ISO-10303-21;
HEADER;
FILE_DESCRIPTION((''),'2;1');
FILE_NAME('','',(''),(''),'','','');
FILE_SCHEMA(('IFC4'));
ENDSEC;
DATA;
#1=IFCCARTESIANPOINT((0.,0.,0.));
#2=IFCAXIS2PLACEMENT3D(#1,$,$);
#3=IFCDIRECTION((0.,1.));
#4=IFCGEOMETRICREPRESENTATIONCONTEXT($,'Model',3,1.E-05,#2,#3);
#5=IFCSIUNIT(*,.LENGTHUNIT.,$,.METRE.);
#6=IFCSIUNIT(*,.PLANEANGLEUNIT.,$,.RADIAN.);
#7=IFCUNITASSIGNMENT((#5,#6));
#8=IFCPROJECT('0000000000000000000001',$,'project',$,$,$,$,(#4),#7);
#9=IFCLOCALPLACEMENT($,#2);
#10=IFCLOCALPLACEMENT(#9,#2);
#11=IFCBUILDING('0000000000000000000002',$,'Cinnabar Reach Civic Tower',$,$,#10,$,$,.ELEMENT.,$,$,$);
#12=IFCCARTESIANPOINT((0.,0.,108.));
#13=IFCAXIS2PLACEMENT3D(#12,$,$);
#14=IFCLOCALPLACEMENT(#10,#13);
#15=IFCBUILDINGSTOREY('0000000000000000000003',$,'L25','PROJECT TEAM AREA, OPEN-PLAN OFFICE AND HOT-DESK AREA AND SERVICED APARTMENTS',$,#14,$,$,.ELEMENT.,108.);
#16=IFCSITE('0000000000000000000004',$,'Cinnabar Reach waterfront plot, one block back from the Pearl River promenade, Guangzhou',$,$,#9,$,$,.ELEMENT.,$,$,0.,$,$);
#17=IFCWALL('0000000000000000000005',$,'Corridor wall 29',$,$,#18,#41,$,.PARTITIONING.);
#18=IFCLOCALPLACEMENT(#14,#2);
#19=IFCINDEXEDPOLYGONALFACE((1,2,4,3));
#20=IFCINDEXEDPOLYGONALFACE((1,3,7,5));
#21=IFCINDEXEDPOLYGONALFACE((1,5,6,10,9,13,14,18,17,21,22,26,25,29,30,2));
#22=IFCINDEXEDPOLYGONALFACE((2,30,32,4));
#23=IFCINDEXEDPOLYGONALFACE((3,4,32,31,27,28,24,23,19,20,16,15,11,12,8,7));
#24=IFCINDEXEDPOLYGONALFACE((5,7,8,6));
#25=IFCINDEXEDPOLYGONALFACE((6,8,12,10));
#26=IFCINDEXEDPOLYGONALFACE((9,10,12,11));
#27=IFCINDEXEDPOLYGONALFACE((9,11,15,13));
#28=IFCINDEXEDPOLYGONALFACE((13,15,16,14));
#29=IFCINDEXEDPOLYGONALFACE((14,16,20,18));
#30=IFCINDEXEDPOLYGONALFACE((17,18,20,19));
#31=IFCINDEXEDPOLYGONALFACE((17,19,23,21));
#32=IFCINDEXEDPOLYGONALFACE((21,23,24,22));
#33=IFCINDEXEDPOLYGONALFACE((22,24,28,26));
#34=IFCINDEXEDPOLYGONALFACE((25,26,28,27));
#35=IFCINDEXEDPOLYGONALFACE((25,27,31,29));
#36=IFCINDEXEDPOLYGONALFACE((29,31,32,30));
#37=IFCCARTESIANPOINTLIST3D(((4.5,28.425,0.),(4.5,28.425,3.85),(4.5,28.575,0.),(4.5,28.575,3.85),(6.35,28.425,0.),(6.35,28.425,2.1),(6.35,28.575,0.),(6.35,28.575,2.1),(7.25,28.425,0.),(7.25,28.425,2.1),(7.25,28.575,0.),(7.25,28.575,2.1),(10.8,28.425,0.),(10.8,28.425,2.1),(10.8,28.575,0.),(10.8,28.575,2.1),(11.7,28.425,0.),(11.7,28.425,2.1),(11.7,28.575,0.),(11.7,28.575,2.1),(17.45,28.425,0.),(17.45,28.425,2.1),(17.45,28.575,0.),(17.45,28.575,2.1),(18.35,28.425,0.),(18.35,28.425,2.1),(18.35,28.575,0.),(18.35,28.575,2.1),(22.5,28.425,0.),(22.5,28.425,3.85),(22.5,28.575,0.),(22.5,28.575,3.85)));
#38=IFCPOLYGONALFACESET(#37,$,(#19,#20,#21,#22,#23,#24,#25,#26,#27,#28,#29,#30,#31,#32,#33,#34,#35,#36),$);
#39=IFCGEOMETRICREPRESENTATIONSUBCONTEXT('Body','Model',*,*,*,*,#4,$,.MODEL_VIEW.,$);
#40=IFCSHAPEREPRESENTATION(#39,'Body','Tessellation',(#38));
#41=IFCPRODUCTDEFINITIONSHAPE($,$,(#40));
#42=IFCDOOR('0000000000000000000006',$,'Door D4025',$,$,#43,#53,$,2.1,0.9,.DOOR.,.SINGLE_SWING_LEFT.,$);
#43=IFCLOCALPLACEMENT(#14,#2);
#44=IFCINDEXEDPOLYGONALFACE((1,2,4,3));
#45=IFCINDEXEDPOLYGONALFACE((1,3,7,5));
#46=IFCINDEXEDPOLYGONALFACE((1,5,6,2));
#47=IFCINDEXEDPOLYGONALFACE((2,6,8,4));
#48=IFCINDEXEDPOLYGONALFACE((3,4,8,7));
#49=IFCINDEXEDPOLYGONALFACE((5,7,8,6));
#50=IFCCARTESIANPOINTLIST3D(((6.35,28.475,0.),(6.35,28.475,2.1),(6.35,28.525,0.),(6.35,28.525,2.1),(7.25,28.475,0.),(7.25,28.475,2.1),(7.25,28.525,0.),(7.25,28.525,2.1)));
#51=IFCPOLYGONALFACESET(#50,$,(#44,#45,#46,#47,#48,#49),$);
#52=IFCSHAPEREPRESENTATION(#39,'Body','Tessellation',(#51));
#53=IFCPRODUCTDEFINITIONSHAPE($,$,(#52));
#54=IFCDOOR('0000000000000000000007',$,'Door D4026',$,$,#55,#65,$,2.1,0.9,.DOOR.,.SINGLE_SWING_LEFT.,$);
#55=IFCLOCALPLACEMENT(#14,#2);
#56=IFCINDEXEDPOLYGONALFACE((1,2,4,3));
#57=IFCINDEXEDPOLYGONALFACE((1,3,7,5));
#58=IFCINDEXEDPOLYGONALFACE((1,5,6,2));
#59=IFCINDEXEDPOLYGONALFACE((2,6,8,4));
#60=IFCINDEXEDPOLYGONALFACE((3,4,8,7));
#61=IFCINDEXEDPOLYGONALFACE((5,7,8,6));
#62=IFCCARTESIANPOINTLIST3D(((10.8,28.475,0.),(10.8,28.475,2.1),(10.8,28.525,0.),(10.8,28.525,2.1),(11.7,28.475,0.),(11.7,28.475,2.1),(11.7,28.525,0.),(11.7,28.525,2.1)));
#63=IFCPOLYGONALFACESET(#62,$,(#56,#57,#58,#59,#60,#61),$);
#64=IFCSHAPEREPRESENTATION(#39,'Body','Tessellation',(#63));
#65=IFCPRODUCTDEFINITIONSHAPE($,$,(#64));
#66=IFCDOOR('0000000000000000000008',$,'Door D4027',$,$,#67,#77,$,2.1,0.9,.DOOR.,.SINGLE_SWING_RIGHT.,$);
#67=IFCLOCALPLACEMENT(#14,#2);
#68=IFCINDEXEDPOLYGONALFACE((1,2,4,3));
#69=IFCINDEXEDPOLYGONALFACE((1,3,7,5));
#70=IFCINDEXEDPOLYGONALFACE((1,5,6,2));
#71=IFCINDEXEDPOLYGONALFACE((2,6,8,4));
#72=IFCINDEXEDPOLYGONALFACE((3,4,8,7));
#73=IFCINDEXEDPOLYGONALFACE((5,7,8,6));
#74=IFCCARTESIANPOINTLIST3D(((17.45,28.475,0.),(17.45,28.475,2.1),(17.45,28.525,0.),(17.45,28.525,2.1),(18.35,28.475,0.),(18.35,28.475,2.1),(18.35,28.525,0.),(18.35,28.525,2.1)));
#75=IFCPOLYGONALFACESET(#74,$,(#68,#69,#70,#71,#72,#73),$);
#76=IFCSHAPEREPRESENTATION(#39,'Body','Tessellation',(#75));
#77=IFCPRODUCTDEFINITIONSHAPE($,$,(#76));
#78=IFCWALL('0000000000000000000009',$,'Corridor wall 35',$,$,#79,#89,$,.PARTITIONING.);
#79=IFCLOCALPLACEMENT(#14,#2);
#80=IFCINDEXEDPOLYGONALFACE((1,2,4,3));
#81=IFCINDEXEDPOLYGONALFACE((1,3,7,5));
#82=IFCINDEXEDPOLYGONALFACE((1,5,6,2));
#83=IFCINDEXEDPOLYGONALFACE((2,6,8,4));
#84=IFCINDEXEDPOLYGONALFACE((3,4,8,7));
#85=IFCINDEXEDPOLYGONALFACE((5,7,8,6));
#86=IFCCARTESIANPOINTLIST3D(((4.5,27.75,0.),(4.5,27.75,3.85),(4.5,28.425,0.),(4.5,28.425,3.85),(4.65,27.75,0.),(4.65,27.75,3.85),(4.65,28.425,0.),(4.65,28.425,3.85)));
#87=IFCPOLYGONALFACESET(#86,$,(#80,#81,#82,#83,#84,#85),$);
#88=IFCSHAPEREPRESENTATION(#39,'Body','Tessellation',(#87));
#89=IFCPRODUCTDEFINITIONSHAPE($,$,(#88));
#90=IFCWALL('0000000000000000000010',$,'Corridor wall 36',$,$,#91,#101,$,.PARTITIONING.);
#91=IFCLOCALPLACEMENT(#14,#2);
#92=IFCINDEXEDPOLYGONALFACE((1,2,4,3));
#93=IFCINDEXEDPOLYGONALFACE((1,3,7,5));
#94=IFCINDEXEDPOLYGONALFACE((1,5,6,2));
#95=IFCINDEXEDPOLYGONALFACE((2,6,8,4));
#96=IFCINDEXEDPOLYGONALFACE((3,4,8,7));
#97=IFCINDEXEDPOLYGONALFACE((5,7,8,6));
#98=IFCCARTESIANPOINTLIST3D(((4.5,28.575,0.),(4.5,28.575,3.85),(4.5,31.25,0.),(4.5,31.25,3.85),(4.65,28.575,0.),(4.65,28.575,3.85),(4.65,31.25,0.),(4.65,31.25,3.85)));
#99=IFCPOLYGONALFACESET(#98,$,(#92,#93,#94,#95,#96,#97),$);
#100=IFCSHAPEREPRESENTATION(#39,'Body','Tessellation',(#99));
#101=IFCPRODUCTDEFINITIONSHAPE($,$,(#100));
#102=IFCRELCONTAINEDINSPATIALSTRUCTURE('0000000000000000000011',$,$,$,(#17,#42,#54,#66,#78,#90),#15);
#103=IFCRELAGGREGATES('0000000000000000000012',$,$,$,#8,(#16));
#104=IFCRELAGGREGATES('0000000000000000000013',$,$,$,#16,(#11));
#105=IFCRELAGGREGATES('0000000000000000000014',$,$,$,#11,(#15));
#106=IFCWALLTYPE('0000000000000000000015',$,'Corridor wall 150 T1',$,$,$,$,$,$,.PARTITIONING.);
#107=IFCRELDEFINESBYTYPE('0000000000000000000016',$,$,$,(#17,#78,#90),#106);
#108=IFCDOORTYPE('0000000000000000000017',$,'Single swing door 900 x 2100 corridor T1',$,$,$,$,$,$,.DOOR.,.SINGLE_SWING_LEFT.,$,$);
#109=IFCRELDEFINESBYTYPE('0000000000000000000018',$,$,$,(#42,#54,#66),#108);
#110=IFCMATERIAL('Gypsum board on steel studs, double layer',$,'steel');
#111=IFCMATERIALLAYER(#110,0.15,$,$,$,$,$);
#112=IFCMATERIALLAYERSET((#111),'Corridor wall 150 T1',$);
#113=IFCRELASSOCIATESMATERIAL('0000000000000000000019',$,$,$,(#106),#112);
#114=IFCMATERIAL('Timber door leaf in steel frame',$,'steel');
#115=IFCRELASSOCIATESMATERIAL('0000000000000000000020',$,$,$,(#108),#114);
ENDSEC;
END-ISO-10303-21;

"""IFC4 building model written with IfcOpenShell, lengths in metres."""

from ifc_helpers import new_model, si_unit, direction, frame, frame_2d, origin, place, context, subcontext, project, spatial, rectangle, extrude, material, layer, layer_set, type_object, element, fill, save


model = new_model("IFC4")

# Units and contexts
model_context = context("Model", 3, precision=1e-05, world=origin(), true_north=direction((0.0, 1.0)))
body_context = subcontext(model_context, "Body", "Model", "MODEL_VIEW")
ifc_project = project(units=[si_unit("LENGTHUNIT", "METRE"), si_unit("PLANEANGLEUNIT", "RADIAN")], contexts=[model_context])

# Site, building, storey
site_placement = place(None, origin())
site = spatial("IfcSite", under=ifc_project, at=site_placement, Name="Cinnabar Reach waterfront plot, one block back from the Pearl River promenade, Guangzhou", CompositionType="ELEMENT", RefElevation=0.0)
building_placement = place(site_placement, origin())
building = spatial("IfcBuilding", under=site, at=building_placement, Name="Cinnabar Reach Civic Tower", CompositionType="ELEMENT")
storey_placement = place(building_placement, frame((0.0, 0.0, 108.0)))
storey = spatial("IfcBuildingStorey", under=building, at=storey_placement, Name="L25", Description="PROJECT TEAM AREA, OPEN-PLAN OFFICE AND HOT-DESK AREA AND SERVICED APARTMENTS", CompositionType="ELEMENT", Elevation=108.0)

# Shared definitions
ifc_material_1 = material(Name="Timber door leaf in steel frame", Category="steel")

# Wall, openings, doors
ifc_material_2 = material(Name="Gypsum board on steel studs, double layer", Category="steel")
ifc_layer_1 = layer(ifc_material_2, 0.15)
ifc_layer_set_1 = layer_set([ifc_layer_1], Name="Corridor wall 150 T1")
wall_type_1 = type_object("IfcWallType", Name="Corridor wall 150 T1", PredefinedType="PARTITIONING", material=ifc_layer_set_1)
wall_1_placement = place(storey_placement, frame((4.5, 28.5, 0.0), z_axis=(0.0, 0.0, 1.0), x_axis=(1.0, 0.0, 0.0)))
wall_1 = element("IfcWall", 1, at=wall_1_placement, inside=storey, type_object=wall_type_1, Name="Corridor wall 29", PredefinedType="PARTITIONING", context=body_context, shape_type="SweptSolid", body=[
    extrude(rectangle(XDim=18.0, YDim=0.15, at=frame_2d((9.0, 0.0))), origin(), (0.0, 0.0, 1.0), 3.85),
])
opening_1_placement = place(wall_1_placement, frame((1.85, 0.0, 0.0)))
opening_1 = element("IfcOpeningElement", 2, at=opening_1_placement, cuts=wall_1, PredefinedType="OPENING", context=body_context, shape_type="SweptSolid", body=[
    extrude(rectangle(XDim=0.9, YDim=2.1, at=frame_2d((0.45, 1.05))), frame((0.0, 0.085, 0.0), z_axis=(0.0, -1.0, 0.0), x_axis=(1.0, 0.0, 0.0)), (0.0, 0.0, 1.0), 0.17),
])
opening_2_placement = place(wall_1_placement, frame((6.3, 0.0, 0.0)))
opening_2 = element("IfcOpeningElement", 3, at=opening_2_placement, cuts=wall_1, PredefinedType="OPENING", context=body_context, shape_type="SweptSolid", body=[
    extrude(rectangle(XDim=0.9, YDim=2.1, at=frame_2d((0.45, 1.05))), frame((0.0, 0.085, 0.0), z_axis=(0.0, -1.0, 0.0), x_axis=(1.0, 0.0, 0.0)), (0.0, 0.0, 1.0), 0.17),
])
opening_3_placement = place(wall_1_placement, frame((12.95, 0.0, 0.0)))
opening_3 = element("IfcOpeningElement", 4, at=opening_3_placement, cuts=wall_1, PredefinedType="OPENING", context=body_context, shape_type="SweptSolid", body=[
    extrude(rectangle(XDim=0.9, YDim=2.1, at=frame_2d((0.45, 1.05))), frame((0.0, 0.085, 0.0), z_axis=(0.0, -1.0, 0.0), x_axis=(1.0, 0.0, 0.0)), (0.0, 0.0, 1.0), 0.17),
])
door_type_1 = type_object("IfcDoorType", Name="Single swing door 900 x 2100 corridor T1", OperationType="SINGLE_SWING_LEFT", PredefinedType="DOOR", material=ifc_material_1)
door_1_placement = place(opening_1_placement, origin())
door_1 = element("IfcDoor", 5, at=door_1_placement, inside=storey, type_object=door_type_1, Name="Door D4025", OperationType="SINGLE_SWING_LEFT", OverallHeight=2.1, OverallWidth=0.9, PredefinedType="DOOR", context=body_context, shape_type="SweptSolid", body=[
    extrude(rectangle(XDim=0.9, YDim=2.1, at=frame_2d((0.45, 1.05))), frame((0.0, 0.025, 0.0), z_axis=(0.0, -1.0, 0.0), x_axis=(1.0, 0.0, 0.0)), (0.0, 0.0, 1.0), 0.05),
])
fill(opening_1, door_1)
door_2_placement = place(opening_2_placement, origin())
door_2 = element("IfcDoor", 6, at=door_2_placement, inside=storey, type_object=door_type_1, Name="Door D4026", OperationType="SINGLE_SWING_LEFT", OverallHeight=2.1, OverallWidth=0.9, PredefinedType="DOOR", context=body_context, shape_type="SweptSolid", body=[
    extrude(rectangle(XDim=0.9, YDim=2.1, at=frame_2d((0.45, 1.05))), frame((0.0, 0.025, 0.0), z_axis=(0.0, -1.0, 0.0), x_axis=(1.0, 0.0, 0.0)), (0.0, 0.0, 1.0), 0.05),
])
fill(opening_2, door_2)
door_3_placement = place(opening_3_placement, origin())
door_3 = element("IfcDoor", 7, at=door_3_placement, inside=storey, type_object=door_type_1, Name="Door D4027", OperationType="SINGLE_SWING_RIGHT", OverallHeight=2.1, OverallWidth=0.9, PredefinedType="DOOR", context=body_context, shape_type="SweptSolid", body=[
    extrude(rectangle(XDim=0.9, YDim=2.1, at=frame_2d((0.45, 1.05))), frame((0.0, 0.025, 0.0), z_axis=(0.0, -1.0, 0.0), x_axis=(1.0, 0.0, 0.0)), (0.0, 0.0, 1.0), 0.05),
])
fill(opening_3, door_3)

# Walls
wall_2_placement = place(storey_placement, frame((4.575, 27.75, 0.0), z_axis=(0.0, 0.0, 1.0), x_axis=(0.0, 1.0, 0.0)))
element("IfcWall", 8, at=wall_2_placement, inside=storey, type_object=wall_type_1, Name="Corridor wall 35", PredefinedType="PARTITIONING", context=body_context, shape_type="SweptSolid", body=[
    extrude(rectangle(XDim=0.675, YDim=0.15, at=frame_2d((0.3375, 0.0))), origin(), (0.0, 0.0, 1.0), 3.85),
])
wall_3_placement = place(storey_placement, frame((4.575, 28.575, 0.0), z_axis=(0.0, 0.0, 1.0), x_axis=(0.0, 1.0, 0.0)))
element("IfcWall", 9, at=wall_3_placement, inside=storey, type_object=wall_type_1, Name="Corridor wall 36", PredefinedType="PARTITIONING", context=body_context, shape_type="SweptSolid", body=[
    extrude(rectangle(XDim=2.675, YDim=0.15, at=frame_2d((1.3375, 0.0))), origin(), (0.0, 0.0, 1.0), 3.85),
])

save(model, "model.ifc")
